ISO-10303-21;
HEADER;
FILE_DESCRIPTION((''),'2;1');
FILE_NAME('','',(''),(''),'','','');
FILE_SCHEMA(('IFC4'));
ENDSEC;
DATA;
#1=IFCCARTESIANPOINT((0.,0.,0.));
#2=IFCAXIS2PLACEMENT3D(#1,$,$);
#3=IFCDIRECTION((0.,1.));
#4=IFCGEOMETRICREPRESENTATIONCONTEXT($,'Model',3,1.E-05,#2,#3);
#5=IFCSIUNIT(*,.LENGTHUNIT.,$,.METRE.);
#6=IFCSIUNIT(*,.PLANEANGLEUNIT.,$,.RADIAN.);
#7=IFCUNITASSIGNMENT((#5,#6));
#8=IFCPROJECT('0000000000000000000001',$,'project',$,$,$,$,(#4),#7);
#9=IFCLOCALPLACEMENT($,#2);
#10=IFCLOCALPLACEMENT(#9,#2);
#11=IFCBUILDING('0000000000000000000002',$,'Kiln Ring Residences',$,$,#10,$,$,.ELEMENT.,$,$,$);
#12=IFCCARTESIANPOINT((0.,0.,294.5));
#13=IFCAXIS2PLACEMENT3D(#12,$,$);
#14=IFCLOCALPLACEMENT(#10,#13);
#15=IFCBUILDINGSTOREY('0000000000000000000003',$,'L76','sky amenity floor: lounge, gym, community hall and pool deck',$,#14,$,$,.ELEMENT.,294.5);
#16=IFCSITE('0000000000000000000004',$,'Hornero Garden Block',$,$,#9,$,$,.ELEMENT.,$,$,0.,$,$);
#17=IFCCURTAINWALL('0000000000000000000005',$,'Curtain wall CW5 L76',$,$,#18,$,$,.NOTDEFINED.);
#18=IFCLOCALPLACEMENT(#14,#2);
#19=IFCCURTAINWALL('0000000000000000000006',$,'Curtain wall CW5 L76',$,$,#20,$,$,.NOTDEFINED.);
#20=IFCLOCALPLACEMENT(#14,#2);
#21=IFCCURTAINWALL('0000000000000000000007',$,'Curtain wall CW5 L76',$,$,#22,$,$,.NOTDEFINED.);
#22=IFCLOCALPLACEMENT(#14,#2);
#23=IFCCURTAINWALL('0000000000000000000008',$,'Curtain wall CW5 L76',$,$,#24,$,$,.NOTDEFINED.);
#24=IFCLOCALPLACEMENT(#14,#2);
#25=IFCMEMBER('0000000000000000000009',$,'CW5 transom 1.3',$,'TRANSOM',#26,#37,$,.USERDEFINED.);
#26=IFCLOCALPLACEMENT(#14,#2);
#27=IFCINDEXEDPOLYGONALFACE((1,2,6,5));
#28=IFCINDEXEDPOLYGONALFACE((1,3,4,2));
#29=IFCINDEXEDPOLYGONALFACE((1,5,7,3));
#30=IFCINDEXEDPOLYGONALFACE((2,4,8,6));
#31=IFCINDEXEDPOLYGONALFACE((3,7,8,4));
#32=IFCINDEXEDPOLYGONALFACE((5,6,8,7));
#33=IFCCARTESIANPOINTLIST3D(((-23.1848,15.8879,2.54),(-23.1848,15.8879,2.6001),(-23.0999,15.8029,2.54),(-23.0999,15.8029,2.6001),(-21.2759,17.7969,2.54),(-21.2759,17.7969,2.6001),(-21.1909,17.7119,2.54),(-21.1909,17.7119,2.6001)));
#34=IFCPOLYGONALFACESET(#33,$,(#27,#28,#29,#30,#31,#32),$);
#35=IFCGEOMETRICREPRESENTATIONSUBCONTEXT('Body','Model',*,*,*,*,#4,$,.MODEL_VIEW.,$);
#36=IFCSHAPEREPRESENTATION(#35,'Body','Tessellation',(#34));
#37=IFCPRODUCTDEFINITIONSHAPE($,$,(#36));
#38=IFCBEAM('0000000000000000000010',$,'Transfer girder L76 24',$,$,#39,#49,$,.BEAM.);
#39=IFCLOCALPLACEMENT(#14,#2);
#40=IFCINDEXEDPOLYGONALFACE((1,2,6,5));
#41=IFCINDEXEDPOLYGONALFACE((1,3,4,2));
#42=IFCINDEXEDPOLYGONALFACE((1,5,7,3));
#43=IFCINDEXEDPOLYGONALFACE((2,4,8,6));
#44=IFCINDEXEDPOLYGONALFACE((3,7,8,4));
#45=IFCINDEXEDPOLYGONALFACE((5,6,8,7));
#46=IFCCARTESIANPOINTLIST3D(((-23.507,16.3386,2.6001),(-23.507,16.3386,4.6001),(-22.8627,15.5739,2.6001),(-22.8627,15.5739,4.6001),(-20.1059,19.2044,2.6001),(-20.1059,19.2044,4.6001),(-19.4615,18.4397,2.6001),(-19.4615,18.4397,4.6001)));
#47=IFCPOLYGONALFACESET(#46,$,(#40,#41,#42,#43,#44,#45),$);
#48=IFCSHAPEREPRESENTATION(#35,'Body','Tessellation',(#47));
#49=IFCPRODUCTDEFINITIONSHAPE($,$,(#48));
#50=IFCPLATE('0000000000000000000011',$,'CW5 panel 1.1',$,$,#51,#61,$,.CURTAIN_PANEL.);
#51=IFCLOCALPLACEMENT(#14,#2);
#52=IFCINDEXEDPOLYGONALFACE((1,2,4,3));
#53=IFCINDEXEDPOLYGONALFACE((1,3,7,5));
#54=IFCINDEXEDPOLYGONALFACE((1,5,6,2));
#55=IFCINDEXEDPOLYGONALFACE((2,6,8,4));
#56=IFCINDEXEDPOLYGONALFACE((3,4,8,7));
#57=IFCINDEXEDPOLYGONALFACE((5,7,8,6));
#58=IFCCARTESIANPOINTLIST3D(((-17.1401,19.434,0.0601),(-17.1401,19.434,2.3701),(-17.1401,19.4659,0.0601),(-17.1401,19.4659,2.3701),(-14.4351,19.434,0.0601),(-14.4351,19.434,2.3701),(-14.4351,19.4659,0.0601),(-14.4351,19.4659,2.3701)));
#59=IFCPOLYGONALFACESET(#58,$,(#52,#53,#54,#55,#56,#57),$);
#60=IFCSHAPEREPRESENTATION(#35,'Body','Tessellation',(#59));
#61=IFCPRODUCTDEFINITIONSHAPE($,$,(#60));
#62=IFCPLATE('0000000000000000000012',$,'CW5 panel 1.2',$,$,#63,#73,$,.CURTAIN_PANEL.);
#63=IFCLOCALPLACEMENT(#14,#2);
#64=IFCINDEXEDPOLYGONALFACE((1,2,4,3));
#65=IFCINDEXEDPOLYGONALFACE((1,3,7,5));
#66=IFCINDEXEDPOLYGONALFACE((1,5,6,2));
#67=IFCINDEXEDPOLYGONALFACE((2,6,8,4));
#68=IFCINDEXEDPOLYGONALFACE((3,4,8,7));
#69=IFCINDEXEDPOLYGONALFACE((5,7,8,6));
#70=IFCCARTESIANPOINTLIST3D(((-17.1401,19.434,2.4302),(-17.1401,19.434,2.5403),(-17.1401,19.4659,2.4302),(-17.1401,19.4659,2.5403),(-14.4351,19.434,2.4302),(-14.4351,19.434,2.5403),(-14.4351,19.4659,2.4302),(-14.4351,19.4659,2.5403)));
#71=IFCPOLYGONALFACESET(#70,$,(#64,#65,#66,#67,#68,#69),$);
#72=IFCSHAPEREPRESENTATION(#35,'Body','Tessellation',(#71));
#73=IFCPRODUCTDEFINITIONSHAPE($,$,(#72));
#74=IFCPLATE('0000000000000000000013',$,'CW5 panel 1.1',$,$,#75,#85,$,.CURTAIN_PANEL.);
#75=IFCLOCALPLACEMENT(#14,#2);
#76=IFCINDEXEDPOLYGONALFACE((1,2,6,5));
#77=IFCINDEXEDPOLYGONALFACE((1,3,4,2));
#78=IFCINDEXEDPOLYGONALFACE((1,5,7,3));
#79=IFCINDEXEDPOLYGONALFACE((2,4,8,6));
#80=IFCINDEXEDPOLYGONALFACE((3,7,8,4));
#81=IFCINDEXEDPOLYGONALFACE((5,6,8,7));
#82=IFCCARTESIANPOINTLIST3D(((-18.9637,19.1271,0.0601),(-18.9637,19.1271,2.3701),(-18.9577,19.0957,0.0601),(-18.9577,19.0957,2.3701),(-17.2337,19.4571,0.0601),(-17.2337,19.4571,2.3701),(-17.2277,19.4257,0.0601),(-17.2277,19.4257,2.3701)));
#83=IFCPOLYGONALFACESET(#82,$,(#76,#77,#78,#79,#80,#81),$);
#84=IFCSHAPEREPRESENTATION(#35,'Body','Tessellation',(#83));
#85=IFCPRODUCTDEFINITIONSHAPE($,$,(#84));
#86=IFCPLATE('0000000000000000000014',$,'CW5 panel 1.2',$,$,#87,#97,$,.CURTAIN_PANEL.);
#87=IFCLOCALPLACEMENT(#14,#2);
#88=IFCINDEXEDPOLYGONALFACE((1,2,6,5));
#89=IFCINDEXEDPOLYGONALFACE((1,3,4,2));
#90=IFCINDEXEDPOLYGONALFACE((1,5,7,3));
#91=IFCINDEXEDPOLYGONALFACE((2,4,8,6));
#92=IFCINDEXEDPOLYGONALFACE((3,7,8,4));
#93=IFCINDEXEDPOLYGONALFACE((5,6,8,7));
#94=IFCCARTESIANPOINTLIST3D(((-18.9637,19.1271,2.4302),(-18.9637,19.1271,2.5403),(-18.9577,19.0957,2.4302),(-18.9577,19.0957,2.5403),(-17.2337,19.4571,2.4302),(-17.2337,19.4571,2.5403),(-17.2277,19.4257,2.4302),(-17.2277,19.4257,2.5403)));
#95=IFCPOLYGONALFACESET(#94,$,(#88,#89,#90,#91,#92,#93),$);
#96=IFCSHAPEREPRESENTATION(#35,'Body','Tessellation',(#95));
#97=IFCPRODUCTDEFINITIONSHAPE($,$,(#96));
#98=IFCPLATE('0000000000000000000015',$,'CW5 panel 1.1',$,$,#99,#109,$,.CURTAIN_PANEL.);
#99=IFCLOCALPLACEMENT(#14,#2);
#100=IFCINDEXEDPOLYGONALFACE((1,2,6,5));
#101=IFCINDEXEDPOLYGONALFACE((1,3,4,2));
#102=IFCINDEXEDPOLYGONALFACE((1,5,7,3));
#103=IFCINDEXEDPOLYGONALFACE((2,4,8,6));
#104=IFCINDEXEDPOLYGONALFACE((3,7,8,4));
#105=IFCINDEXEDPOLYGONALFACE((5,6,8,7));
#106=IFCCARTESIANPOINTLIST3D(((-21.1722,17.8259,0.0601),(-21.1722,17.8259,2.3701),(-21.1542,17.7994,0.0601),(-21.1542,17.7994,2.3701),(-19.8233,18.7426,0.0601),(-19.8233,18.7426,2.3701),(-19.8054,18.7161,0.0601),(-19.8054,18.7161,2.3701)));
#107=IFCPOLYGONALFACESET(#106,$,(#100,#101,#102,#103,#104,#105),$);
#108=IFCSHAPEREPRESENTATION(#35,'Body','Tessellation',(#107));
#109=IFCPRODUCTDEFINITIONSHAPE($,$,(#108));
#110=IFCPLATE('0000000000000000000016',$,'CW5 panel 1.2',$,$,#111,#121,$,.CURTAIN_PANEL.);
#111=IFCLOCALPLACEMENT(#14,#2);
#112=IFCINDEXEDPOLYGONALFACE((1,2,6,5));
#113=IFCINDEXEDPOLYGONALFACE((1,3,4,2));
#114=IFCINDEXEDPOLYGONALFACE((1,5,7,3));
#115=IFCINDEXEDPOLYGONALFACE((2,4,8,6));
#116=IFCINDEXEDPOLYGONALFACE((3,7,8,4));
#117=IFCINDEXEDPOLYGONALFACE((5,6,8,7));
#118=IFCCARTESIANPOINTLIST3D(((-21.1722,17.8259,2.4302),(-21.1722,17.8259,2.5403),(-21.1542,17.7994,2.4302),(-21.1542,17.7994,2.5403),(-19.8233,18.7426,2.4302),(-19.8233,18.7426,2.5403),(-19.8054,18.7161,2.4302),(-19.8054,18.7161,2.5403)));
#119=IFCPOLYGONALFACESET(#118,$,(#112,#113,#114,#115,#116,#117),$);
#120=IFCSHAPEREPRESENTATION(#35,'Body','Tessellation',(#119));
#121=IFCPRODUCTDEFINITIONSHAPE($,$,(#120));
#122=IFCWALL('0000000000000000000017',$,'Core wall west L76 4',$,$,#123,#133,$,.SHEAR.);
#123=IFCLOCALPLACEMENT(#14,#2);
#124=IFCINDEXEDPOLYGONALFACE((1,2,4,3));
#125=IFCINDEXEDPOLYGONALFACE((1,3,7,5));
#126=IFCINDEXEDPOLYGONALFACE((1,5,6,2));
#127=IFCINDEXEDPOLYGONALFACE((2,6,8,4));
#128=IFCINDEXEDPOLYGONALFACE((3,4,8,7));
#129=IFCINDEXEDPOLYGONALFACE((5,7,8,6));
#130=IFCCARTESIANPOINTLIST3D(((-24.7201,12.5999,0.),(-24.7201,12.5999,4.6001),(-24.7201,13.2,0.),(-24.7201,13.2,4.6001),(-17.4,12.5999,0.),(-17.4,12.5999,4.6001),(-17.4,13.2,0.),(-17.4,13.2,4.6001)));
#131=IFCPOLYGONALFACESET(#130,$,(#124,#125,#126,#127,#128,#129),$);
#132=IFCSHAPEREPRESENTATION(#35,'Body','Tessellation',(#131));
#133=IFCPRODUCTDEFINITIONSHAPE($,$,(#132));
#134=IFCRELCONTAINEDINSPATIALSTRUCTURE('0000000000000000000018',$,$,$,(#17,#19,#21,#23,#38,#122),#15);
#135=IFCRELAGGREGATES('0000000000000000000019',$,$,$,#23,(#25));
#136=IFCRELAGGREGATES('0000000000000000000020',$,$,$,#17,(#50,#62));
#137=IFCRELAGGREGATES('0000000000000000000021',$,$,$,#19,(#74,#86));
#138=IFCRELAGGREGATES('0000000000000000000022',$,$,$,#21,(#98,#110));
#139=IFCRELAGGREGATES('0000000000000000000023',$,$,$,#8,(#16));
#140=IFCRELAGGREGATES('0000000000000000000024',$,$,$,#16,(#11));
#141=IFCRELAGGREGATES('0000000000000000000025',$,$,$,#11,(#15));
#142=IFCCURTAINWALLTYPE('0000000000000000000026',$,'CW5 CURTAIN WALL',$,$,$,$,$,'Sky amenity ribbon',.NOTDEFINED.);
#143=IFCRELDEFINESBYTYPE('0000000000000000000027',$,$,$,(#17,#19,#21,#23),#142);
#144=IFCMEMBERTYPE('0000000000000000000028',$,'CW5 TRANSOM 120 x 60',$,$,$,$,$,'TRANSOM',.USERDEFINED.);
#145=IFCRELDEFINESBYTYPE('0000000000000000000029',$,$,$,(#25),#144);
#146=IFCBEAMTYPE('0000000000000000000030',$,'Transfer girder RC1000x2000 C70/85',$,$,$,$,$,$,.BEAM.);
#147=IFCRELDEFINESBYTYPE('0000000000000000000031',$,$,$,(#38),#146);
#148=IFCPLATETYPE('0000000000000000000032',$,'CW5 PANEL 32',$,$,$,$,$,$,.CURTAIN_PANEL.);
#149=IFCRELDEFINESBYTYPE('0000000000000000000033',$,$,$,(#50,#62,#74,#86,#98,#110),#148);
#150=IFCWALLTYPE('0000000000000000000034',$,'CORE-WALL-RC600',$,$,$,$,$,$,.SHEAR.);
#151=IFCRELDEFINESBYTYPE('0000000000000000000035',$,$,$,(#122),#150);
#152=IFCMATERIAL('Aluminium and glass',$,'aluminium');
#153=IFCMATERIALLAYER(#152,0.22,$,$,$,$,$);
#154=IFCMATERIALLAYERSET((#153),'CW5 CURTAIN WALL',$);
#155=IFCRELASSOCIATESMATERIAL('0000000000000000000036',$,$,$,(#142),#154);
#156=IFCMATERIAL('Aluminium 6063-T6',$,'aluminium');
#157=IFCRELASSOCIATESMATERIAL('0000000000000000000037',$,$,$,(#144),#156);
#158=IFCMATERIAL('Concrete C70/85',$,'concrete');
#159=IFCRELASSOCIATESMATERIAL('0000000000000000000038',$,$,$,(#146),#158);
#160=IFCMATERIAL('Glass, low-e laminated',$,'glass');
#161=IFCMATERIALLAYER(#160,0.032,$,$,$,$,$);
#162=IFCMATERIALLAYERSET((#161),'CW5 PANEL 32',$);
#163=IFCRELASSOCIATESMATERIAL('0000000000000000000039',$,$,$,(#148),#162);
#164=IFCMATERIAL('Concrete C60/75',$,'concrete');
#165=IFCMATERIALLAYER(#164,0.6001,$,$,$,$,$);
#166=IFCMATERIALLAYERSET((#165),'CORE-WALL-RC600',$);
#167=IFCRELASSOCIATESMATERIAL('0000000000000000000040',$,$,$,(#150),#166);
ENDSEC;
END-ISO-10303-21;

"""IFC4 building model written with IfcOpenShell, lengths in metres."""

from ifc_helpers import new_model, si_unit, direction, frame, frame_2d, origin, origin_2d, place, context, subcontext, project, spatial, rectangle, extrude, material, layer, layer_set, material_profile, profile_set, type_object, element, aggregate, save


model = new_model("IFC4")

# Units and contexts
model_context = context("Model", 3, precision=1e-05, world=origin(), true_north=direction((0.0, 1.0)))
body_context = subcontext(model_context, "Body", "Model", "MODEL_VIEW")
ifc_project = project(units=[si_unit("LENGTHUNIT", "METRE"), si_unit("PLANEANGLEUNIT", "RADIAN")], contexts=[model_context])

# Site, building, storey
site_placement = place(None, origin())
site = spatial("IfcSite", under=ifc_project, at=site_placement, Name="Hornero Garden Block", CompositionType="ELEMENT", RefElevation=0.0)
building_placement = place(site_placement, origin())
building = spatial("IfcBuilding", under=site, at=building_placement, Name="Kiln Ring Residences", CompositionType="ELEMENT")
storey_placement = place(building_placement, frame((0.0, 0.0, 294.5)))
storey = spatial("IfcBuildingStorey", under=building, at=storey_placement, Name="L76", Description="sky amenity floor: lounge, gym, community hall and pool deck", CompositionType="ELEMENT", Elevation=294.5)

# Curtain wall
ifc_material_1 = material(Name="Aluminium and glass", Category="aluminium")
ifc_layer_1 = layer(ifc_material_1, 0.22)
ifc_layer_set_1 = layer_set([ifc_layer_1], Name="CW5 CURTAIN WALL")
curtain_wall_type = type_object("IfcCurtainWallType", Name="CW5 CURTAIN WALL", ElementType="Sky amenity ribbon", PredefinedType="NOTDEFINED", material=ifc_layer_set_1)
placement = place(storey_placement, origin())
curtain_wall_1 = element("IfcCurtainWall", 1, at=placement, inside=storey, type_object=curtain_wall_type, Name="Curtain wall CW5 L76", PredefinedType="NOTDEFINED")

# Curtain walls
curtain_wall_2 = element("IfcCurtainWall", 2, at=placement, inside=storey, type_object=curtain_wall_type, Name="Curtain wall CW5 L76", PredefinedType="NOTDEFINED")
curtain_wall_3 = element("IfcCurtainWall", 3, at=placement, inside=storey, type_object=curtain_wall_type, Name="Curtain wall CW5 L76", PredefinedType="NOTDEFINED")

# Curtain wall
curtain_wall_4 = element("IfcCurtainWall", 4, at=placement, inside=storey, type_object=curtain_wall_type, Name="Curtain wall CW5 L76", PredefinedType="NOTDEFINED")

# Member
ifc_material_2 = material(Name="Aluminium 6063-T6", Category="aluminium")
ifc_material_profile_1 = material_profile(ifc_material_2, rectangle(XDim=0.1201, YDim=0.0601, at=origin_2d()), Name="AL 120x60")
ifc_profile_set_1 = profile_set([ifc_material_profile_1], Name="Aluminium 6063-T6")
member_type_1 = type_object("IfcMemberType", Name="CW5 TRANSOM 120 x 60", ElementType="TRANSOM", PredefinedType="USERDEFINED", material=ifc_profile_set_1)
member_1_placement = place(storey_placement, frame((-21.2334, 17.7544, 2.5701), z_axis=(-0.707107, -0.707107, 0.0), x_axis=(0.707107, -0.707107, 0.0)))
member_1 = element("IfcMember", 5, at=member_1_placement, type_object=member_type_1, Name="CW5 transom 1.3", ObjectType="TRANSOM", PredefinedType="USERDEFINED", context=body_context, shape_type="SweptSolid", body=[
    extrude(rectangle(XDim=0.1201, YDim=0.0601, at=origin_2d()), origin(), (0.0, 0.0, 1.0), 2.6997),
])
aggregate(curtain_wall_4, [member_1])

# Beam
ifc_material_3 = material(Name="Concrete C70/85", Category="concrete")
ifc_material_profile_2 = material_profile(ifc_material_3, rectangle(XDim=1.0, YDim=2.0, at=origin_2d()), Name="RC1000x2000")
ifc_profile_set_2 = profile_set([ifc_material_profile_2], Name="Concrete C70/85")
beam_type = type_object("IfcBeamType", Name="Transfer girder RC1000x2000 C70/85", PredefinedType="BEAM", material=ifc_profile_set_2)
beam_placement = place(storey_placement, frame((-19.7837, 18.822, 3.6001), z_axis=(-0.764732, -0.644349, 0.0), x_axis=(0.644349, -0.764732, 0.0)))
element("IfcBeam", 6, at=beam_placement, inside=storey, type_object=beam_type, Name="Transfer girder L76 24", PredefinedType="BEAM", context=body_context, shape_type="SweptSolid", body=[
    extrude(rectangle(XDim=1.0, YDim=2.0, at=origin_2d()), origin(), (0.0, 0.0, 1.0), 4.4475),
])

# Plates
ifc_material_4 = material(Name="Glass, low-e laminated", Category="glass")
ifc_layer_2 = layer(ifc_material_4, 0.032)
ifc_layer_set_2 = layer_set([ifc_layer_2], Name="CW5 PANEL 32")
plate_type = type_object("IfcPlateType", Name="CW5 PANEL 32", PredefinedType="CURTAIN_PANEL", material=ifc_layer_set_2)
plate_1_placement = place(storey_placement, frame((-15.7876, 19.45, 0.0601), z_axis=(0.0, 0.0, 1.0), x_axis=(-1.0, 0.0, 0.0)))
plate_1 = element("IfcPlate", 7, at=plate_1_placement, type_object=plate_type, Name="CW5 panel 1.1", PredefinedType="CURTAIN_PANEL", context=body_context, shape_type="SweptSolid", body=[
    extrude(rectangle(XDim=2.7051, YDim=0.032, at=origin_2d()), origin(), (0.0, 0.0, 1.0), 2.3101),
])
plate_2_placement = place(storey_placement, frame((-15.7876, 19.45, 2.4302), z_axis=(0.0, 0.0, 1.0), x_axis=(-1.0, 0.0, 0.0)))
plate_2 = element("IfcPlate", 8, at=plate_2_placement, type_object=plate_type, Name="CW5 panel 1.2", PredefinedType="CURTAIN_PANEL", context=body_context, shape_type="SweptSolid", body=[
    extrude(rectangle(XDim=2.7051, YDim=0.032, at=origin_2d()), origin(), (0.0, 0.0, 1.0), 0.1101),
])
aggregate(curtain_wall_1, [plate_1, plate_2])
plate_3_placement = place(storey_placement, frame((-18.0957, 19.2764, 0.0601), z_axis=(0.0, 0.0, 1.0), x_axis=(-0.98229, -0.187366, 0.0)))
plate_3 = element("IfcPlate", 9, at=plate_3_placement, type_object=plate_type, Name="CW5 panel 1.1", PredefinedType="CURTAIN_PANEL", context=body_context, shape_type="SweptSolid", body=[
    extrude(rectangle(XDim=1.7612, YDim=0.032, at=origin_2d()), origin(), (0.0, 0.0, 1.0), 2.3101),
])
plate_4_placement = place(storey_placement, frame((-18.0957, 19.2764, 2.4302), z_axis=(0.0, 0.0, 1.0), x_axis=(-0.98229, -0.187366, 0.0)))
plate_4 = element("IfcPlate", 10, at=plate_4_placement, type_object=plate_type, Name="CW5 panel 1.2", PredefinedType="CURTAIN_PANEL", context=body_context, shape_type="SweptSolid", body=[
    extrude(rectangle(XDim=1.7612, YDim=0.032, at=origin_2d()), origin(), (0.0, 0.0, 1.0), 0.1101),
])
aggregate(curtain_wall_2, [plate_3, plate_4])
plate_5_placement = place(storey_placement, frame((-20.4888, 18.271, 0.0601), z_axis=(0.0, 0.0, 1.0), x_axis=(-0.827072, -0.562097, 0.0)))
plate_5 = element("IfcPlate", 11, at=plate_5_placement, type_object=plate_type, Name="CW5 panel 1.1", PredefinedType="CURTAIN_PANEL", context=body_context, shape_type="SweptSolid", body=[
    extrude(rectangle(XDim=1.6309, YDim=0.032, at=origin_2d()), origin(), (0.0, 0.0, 1.0), 2.3101),
])
plate_6_placement = place(storey_placement, frame((-20.4888, 18.271, 2.4302), z_axis=(0.0, 0.0, 1.0), x_axis=(-0.827072, -0.562097, 0.0)))
plate_6 = element("IfcPlate", 12, at=plate_6_placement, type_object=plate_type, Name="CW5 panel 1.2", PredefinedType="CURTAIN_PANEL", context=body_context, shape_type="SweptSolid", body=[
    extrude(rectangle(XDim=1.6309, YDim=0.032, at=origin_2d()), origin(), (0.0, 0.0, 1.0), 0.1101),
])
aggregate(curtain_wall_3, [plate_5, plate_6])

# Wall
ifc_material_5 = material(Name="Concrete C60/75", Category="concrete")
ifc_layer_3 = layer(ifc_material_5, 0.6001)
ifc_layer_set_3 = layer_set([ifc_layer_3], Name="CORE-WALL-RC600")
wall_type_1 = type_object("IfcWallType", Name="CORE-WALL-RC600", PredefinedType="SHEAR", material=ifc_layer_set_3)
wall_1_placement = place(storey_placement, frame((-17.3999, 12.8999, 0.0), z_axis=(0.0, 0.0, 1.0), x_axis=(-1.0, 0.0, 0.0)))
element("IfcWall", 13, at=wall_1_placement, inside=storey, type_object=wall_type_1, Name="Core wall west L76 4", PredefinedType="SHEAR", context=body_context, shape_type="SweptSolid", body=[
    extrude(rectangle(XDim=7.3201, YDim=0.6001, at=frame_2d((3.6602, 0.0))), origin(), (0.0, 0.0, 1.0), 4.6001),
])

save(model, "model.ifc")
